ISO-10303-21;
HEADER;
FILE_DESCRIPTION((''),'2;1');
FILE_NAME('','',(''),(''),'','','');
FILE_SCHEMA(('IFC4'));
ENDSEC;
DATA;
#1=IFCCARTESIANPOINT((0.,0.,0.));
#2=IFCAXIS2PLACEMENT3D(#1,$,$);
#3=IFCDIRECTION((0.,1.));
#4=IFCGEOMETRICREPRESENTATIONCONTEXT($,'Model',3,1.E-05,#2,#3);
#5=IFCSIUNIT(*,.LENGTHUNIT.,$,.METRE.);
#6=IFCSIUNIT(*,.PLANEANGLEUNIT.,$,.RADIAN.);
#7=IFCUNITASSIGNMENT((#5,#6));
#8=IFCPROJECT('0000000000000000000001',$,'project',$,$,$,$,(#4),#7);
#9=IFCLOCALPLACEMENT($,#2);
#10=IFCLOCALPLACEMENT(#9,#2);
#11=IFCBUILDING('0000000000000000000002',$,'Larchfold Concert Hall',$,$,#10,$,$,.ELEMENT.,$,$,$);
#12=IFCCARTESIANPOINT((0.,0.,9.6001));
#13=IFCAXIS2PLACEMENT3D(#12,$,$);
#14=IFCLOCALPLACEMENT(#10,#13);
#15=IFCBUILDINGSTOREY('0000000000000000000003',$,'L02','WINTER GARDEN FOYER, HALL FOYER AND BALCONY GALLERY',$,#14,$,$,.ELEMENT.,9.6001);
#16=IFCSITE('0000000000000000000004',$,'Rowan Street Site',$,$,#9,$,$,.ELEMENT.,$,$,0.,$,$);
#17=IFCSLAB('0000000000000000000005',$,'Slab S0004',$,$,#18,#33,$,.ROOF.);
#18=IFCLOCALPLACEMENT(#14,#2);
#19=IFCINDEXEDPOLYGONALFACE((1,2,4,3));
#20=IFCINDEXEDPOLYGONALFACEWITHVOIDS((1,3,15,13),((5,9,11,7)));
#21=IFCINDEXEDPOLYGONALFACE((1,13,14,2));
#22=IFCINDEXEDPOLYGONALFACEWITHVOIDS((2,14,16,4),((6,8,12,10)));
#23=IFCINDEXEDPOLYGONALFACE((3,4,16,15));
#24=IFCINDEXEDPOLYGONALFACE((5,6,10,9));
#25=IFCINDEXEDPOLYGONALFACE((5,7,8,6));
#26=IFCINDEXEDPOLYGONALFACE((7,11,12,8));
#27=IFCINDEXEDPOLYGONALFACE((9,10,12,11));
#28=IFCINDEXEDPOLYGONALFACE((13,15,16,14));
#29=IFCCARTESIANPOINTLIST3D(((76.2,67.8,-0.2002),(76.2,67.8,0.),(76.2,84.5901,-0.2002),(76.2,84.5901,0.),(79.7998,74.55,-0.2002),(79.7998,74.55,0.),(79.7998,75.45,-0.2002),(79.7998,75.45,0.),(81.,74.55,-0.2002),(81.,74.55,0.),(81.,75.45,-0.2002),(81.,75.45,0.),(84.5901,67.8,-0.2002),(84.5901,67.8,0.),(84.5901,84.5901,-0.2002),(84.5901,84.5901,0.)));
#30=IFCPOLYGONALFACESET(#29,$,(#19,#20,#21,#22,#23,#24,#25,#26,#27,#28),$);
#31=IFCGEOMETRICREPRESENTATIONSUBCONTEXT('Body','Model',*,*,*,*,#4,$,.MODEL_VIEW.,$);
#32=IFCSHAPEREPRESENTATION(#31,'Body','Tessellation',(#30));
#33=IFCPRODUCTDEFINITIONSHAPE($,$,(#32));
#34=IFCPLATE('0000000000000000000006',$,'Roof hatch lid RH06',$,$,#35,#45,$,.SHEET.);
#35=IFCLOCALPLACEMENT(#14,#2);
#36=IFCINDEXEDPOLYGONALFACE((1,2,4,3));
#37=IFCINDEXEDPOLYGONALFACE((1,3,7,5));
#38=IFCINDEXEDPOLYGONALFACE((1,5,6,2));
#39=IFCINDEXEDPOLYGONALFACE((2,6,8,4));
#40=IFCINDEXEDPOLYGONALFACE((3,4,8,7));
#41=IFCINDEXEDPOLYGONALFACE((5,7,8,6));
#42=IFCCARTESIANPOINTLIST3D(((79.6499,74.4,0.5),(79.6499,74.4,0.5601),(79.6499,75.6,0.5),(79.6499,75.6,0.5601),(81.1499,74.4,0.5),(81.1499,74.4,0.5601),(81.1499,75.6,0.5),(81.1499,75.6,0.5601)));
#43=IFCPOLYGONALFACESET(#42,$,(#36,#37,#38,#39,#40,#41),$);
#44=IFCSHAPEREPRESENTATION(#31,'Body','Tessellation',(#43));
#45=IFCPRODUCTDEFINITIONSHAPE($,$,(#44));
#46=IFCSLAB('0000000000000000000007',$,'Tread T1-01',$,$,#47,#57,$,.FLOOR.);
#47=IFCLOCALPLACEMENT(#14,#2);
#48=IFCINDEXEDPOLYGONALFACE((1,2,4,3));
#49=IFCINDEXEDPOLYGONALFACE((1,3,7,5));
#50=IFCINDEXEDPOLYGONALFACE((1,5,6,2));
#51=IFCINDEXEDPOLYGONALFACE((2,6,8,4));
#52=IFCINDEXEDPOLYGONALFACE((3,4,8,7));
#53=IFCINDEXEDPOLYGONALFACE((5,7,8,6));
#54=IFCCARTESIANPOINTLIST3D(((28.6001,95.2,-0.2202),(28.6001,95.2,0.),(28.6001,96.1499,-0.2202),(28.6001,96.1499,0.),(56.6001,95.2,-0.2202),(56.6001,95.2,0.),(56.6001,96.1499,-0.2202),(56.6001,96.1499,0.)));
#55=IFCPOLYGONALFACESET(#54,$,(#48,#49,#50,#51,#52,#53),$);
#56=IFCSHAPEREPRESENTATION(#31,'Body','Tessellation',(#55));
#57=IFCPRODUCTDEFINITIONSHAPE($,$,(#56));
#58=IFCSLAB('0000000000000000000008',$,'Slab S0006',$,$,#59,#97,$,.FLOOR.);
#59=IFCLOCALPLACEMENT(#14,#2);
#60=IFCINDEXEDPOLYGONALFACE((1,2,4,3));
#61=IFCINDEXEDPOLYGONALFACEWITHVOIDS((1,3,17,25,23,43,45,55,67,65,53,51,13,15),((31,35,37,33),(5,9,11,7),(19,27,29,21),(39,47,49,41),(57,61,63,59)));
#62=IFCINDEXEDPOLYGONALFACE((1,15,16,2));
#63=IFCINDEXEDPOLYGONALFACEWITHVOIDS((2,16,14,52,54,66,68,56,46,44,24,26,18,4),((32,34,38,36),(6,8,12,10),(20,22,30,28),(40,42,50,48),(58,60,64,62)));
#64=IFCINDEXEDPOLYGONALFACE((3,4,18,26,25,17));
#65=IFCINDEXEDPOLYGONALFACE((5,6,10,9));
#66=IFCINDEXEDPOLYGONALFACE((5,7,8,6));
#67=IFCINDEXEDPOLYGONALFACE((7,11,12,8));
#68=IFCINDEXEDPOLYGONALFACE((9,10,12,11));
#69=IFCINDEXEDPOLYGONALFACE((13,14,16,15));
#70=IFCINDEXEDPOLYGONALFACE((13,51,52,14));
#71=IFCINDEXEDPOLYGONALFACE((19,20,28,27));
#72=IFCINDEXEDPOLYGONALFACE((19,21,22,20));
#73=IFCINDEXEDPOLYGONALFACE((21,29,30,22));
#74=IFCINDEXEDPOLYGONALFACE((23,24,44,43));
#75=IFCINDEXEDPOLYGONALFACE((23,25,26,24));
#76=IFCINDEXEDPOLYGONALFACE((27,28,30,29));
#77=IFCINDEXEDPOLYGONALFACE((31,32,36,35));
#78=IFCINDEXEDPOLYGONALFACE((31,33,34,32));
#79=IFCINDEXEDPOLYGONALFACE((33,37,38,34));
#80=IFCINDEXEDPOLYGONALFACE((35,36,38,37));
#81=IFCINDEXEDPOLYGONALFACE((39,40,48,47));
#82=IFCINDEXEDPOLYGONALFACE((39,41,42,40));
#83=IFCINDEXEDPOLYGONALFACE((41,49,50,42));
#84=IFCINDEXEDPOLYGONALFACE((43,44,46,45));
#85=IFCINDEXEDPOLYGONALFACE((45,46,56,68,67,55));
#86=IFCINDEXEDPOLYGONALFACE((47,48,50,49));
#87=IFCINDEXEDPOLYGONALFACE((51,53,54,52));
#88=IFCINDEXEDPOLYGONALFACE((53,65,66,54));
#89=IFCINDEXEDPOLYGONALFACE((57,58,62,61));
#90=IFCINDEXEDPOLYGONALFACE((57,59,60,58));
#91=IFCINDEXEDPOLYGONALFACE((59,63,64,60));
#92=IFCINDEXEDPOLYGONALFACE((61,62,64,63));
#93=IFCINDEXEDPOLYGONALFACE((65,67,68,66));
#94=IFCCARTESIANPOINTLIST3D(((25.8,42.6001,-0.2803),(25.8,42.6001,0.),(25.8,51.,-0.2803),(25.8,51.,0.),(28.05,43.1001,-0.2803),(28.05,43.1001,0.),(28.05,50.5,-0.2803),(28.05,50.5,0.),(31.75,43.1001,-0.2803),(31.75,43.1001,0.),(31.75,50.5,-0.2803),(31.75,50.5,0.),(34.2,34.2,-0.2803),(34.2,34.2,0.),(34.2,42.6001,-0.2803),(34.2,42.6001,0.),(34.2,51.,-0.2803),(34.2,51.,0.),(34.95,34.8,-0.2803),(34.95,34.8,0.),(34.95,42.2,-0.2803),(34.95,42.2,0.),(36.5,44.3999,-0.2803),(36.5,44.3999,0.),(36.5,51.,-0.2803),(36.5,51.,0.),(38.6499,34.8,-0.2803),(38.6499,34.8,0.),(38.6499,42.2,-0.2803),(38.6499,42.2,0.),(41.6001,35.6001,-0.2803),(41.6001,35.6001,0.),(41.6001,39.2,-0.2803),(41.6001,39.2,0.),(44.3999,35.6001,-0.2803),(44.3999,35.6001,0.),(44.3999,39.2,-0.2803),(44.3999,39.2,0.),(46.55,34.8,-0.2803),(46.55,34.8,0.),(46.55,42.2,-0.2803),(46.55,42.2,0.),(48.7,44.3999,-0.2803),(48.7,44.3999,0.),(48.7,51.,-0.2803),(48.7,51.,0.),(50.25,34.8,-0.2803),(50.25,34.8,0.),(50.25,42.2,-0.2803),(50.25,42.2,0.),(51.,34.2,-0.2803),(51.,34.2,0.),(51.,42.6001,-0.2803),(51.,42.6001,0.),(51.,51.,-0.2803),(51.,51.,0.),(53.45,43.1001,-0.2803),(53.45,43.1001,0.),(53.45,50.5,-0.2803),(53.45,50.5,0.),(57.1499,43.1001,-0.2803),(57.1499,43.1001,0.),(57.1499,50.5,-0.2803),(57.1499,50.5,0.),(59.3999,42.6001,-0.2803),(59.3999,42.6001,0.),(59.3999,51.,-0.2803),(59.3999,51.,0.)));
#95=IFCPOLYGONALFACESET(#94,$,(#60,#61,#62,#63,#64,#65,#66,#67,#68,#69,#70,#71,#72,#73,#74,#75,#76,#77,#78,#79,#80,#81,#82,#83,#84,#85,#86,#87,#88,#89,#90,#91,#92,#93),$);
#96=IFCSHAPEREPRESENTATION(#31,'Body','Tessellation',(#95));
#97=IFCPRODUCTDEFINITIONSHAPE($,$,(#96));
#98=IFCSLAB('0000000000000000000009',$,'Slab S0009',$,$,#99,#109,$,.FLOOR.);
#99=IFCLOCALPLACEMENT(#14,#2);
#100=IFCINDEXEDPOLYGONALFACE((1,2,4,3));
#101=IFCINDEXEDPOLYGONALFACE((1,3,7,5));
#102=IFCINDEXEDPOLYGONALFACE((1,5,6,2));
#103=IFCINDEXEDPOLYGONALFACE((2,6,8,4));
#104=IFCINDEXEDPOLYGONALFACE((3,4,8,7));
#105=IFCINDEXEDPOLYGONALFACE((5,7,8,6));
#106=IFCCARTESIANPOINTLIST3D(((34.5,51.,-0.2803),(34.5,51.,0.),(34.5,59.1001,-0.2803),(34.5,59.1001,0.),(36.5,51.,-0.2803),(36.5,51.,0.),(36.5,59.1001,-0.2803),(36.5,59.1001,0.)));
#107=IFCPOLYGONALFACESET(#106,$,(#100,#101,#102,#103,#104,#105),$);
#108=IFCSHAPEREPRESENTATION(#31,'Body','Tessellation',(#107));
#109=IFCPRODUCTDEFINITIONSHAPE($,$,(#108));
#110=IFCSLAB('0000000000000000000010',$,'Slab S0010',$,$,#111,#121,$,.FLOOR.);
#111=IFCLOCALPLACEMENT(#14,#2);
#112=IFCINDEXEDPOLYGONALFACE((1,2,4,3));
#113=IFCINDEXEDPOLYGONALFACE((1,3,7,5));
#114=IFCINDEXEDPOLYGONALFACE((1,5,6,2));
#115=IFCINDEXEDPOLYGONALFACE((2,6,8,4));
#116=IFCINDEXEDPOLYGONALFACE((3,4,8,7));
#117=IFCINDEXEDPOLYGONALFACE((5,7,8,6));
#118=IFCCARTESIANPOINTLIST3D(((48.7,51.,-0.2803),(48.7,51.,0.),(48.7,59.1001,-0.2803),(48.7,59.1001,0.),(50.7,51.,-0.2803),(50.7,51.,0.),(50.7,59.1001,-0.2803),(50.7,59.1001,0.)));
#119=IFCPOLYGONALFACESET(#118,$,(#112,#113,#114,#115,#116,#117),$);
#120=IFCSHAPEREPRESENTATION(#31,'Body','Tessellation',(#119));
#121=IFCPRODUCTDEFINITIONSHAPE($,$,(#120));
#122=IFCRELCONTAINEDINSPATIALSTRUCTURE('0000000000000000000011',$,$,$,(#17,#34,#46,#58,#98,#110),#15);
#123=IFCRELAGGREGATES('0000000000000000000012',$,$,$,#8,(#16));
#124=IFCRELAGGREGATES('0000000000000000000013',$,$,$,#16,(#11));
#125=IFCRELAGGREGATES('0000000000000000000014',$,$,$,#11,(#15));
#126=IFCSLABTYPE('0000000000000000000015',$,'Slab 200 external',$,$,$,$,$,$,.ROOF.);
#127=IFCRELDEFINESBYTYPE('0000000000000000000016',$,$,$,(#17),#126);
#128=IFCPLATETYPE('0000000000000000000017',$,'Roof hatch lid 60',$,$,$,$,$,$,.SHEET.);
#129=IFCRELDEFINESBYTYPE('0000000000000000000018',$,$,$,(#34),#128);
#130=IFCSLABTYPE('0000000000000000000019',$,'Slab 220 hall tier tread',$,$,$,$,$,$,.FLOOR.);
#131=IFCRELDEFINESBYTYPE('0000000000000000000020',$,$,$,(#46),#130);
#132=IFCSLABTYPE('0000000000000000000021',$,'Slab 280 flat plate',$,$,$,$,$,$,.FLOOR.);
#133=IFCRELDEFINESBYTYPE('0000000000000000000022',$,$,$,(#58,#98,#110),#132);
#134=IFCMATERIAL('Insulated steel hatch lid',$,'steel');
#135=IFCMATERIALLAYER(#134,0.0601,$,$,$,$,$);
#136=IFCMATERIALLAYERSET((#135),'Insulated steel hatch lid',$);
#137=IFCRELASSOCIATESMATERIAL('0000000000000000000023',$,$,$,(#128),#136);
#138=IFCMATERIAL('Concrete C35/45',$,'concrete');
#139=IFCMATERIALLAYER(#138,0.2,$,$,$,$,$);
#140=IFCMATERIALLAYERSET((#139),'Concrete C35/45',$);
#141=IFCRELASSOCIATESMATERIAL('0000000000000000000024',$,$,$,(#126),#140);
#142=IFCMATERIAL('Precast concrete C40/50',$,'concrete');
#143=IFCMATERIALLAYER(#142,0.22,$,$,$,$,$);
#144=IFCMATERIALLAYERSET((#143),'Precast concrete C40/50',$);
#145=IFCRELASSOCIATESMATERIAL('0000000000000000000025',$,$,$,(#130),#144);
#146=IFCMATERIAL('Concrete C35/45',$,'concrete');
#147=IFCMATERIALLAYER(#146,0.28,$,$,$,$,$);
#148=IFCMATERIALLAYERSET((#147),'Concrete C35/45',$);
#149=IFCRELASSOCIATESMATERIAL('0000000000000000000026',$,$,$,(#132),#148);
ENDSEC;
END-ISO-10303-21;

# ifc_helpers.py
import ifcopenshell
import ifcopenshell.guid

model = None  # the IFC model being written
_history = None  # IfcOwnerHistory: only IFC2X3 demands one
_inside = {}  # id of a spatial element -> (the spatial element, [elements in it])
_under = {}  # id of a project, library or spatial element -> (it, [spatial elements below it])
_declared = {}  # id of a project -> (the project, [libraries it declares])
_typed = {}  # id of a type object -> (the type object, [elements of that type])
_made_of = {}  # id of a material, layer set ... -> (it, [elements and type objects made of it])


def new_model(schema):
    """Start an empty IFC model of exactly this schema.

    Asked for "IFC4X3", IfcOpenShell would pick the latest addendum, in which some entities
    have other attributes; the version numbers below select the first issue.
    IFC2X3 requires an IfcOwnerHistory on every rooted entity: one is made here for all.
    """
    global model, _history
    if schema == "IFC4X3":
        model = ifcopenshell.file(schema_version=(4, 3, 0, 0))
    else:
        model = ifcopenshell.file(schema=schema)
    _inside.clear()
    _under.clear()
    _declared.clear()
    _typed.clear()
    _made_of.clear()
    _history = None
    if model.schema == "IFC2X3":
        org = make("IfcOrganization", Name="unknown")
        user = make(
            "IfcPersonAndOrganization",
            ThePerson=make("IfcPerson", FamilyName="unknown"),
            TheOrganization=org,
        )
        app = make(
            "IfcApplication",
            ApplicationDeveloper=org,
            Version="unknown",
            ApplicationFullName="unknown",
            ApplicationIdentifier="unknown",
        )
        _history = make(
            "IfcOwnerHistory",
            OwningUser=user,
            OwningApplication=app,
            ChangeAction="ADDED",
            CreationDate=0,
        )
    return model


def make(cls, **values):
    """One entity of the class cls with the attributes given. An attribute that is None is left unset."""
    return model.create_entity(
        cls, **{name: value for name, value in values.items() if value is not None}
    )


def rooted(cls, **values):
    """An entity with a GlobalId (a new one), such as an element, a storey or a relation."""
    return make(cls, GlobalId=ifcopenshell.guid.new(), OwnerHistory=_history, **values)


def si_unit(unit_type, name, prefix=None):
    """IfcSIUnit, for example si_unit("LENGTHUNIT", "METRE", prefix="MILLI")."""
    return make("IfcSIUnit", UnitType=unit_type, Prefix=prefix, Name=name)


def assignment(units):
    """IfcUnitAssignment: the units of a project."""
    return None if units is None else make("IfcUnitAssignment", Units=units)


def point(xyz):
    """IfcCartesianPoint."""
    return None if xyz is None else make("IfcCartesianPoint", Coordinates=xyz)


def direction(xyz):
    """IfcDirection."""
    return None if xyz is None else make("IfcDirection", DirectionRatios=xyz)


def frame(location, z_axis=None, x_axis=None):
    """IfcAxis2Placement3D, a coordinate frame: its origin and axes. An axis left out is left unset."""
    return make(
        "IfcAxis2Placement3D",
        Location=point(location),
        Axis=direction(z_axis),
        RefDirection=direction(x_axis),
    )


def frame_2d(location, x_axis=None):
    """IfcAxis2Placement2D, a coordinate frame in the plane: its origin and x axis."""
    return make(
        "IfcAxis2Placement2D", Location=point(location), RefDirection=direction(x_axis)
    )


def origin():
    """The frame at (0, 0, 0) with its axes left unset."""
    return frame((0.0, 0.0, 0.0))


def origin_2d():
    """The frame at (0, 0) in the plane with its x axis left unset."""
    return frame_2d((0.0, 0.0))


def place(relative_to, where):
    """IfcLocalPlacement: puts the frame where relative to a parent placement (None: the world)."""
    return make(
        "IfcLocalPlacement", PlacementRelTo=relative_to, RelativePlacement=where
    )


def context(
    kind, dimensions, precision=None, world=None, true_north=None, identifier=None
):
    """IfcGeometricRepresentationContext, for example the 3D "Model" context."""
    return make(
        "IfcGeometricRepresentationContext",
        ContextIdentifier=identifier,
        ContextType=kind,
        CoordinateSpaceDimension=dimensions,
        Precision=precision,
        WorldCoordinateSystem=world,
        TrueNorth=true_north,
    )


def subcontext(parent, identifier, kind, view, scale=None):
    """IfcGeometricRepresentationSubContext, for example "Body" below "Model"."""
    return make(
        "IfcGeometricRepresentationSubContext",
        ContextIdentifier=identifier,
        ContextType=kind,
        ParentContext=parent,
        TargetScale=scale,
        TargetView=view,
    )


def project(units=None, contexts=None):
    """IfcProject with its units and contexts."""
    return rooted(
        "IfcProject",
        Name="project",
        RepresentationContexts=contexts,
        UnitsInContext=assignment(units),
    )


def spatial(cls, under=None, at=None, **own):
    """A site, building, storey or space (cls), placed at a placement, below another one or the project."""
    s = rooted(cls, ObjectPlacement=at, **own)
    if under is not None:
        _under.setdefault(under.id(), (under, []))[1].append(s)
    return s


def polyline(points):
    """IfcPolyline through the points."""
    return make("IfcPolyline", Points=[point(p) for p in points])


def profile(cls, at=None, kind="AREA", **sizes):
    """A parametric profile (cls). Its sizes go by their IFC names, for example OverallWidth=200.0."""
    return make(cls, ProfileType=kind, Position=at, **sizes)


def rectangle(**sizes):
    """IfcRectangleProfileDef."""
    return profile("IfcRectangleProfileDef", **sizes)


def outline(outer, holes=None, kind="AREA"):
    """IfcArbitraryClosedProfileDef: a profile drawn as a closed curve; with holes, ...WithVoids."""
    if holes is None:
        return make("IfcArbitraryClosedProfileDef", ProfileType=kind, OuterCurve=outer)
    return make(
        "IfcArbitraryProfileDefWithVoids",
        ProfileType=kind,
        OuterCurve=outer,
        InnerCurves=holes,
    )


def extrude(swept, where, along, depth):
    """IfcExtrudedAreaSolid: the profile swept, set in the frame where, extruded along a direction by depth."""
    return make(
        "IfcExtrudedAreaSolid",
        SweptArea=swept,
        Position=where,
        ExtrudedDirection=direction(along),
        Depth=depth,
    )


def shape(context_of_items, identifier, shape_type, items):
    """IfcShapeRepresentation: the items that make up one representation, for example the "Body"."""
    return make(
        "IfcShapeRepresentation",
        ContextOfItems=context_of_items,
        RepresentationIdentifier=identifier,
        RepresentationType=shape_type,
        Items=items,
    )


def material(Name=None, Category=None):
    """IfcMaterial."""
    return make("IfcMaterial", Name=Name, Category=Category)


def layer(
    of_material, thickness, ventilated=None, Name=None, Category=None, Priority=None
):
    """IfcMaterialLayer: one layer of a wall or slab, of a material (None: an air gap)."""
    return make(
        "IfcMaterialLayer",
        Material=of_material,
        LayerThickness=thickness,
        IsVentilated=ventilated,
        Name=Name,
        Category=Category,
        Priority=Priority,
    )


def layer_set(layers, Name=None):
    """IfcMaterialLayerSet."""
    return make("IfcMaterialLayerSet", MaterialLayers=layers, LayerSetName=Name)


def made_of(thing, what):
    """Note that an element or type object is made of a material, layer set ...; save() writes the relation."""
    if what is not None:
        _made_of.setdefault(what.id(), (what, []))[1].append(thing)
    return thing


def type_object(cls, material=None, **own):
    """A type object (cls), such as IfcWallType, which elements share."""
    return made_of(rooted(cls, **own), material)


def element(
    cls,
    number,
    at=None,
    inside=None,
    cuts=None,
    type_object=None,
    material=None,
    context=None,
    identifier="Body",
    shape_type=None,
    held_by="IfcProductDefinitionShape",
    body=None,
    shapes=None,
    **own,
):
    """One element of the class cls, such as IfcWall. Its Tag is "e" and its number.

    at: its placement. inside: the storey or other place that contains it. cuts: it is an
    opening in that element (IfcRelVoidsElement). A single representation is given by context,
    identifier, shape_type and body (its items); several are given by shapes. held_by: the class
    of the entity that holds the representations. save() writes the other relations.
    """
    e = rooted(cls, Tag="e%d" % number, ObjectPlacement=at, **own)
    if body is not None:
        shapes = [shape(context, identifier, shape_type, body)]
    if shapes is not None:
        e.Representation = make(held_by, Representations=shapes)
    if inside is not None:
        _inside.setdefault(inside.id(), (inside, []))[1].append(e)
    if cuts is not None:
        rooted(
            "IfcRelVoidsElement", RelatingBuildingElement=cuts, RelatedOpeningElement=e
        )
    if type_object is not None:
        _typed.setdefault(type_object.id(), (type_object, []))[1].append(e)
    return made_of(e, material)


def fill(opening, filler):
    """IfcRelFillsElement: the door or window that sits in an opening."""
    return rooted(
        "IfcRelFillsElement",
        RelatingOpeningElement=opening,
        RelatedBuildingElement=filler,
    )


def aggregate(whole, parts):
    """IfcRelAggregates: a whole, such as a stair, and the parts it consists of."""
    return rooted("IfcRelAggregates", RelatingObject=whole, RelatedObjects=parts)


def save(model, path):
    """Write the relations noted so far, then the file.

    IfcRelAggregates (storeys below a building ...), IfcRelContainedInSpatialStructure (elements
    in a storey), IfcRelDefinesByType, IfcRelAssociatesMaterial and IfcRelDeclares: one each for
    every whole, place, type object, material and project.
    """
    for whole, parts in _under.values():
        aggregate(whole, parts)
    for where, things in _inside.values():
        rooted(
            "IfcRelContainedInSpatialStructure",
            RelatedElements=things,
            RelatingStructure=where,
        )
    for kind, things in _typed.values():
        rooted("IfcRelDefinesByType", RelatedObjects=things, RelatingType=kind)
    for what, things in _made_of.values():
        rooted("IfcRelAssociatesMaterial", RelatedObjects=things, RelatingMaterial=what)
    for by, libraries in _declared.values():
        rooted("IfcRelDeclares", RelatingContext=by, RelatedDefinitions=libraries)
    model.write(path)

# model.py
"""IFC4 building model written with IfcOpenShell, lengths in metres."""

from ifc_helpers import new_model, si_unit, direction, frame, origin, origin_2d, place, context, subcontext, project, spatial, polyline, rectangle, outline, extrude, material, layer, layer_set, type_object, element, fill, save


model = new_model("IFC4")

# Units and contexts
model_context = context("Model", 3, precision=1e-05, world=origin(), true_north=direction((0.0, 1.0)))
body_context = subcontext(model_context, "Body", "Model", "MODEL_VIEW")
ifc_project = project(units=[si_unit("LENGTHUNIT", "METRE"), si_unit("PLANEANGLEUNIT", "RADIAN")], contexts=[model_context])

# Site, building, storey
site_placement = place(None, origin())
site = spatial("IfcSite", under=ifc_project, at=site_placement, Name="Rowan Street Site", CompositionType="ELEMENT", RefElevation=0.0)
building_placement = place(site_placement, origin())
building = spatial("IfcBuilding", under=site, at=building_placement, Name="Larchfold Concert Hall", CompositionType="ELEMENT")
storey_placement = place(building_placement, frame((0.0, 0.0, 9.6001)))
storey = spatial("IfcBuildingStorey", under=building, at=storey_placement, Name="L02", Description="WINTER GARDEN FOYER, HALL FOYER AND BALCONY GALLERY", CompositionType="ELEMENT", Elevation=9.6001)

# Shared definitions
ifc_material_1 = material(Name="Insulated steel hatch lid", Category="steel")
ifc_layer_1 = layer(ifc_material_1, 0.0601)
ifc_layer_set_1 = layer_set([ifc_layer_1], Name="Insulated steel hatch lid")
plate_type = type_object("IfcPlateType", Name="Roof hatch lid 60", PredefinedType="SHEET", material=ifc_layer_set_1)

# Slab, opening, plate
ifc_material_2 = material(Name="Concrete C35/45", Category="concrete")
ifc_layer_2 = layer(ifc_material_2, 0.2)
ifc_layer_set_2 = layer_set([ifc_layer_2], Name="Concrete C35/45")
slab_type_1 = type_object("IfcSlabType", Name="Slab 200 external", PredefinedType="ROOF", material=ifc_layer_set_2)
slab_1_placement = place(storey_placement, frame((0.0, 0.0, -0.2002)))
slab_1 = element("IfcSlab", 1, at=slab_1_placement, inside=storey, type_object=slab_type_1, Name="Slab S0004", PredefinedType="ROOF", context=body_context, shape_type="SweptSolid", body=[
    extrude(outline(polyline([(76.2, 84.5901), (76.2, 67.8), (84.5901, 67.8), (84.5901, 84.5901), (76.2, 84.5901)])), origin(), (0.0, 0.0, 1.0), 0.2002),
])
opening_1_placement = place(storey_placement, frame((0.0, 0.0, -0.2102)))
opening_1 = element("IfcOpeningElement", 2, at=opening_1_placement, cuts=slab_1, PredefinedType="OPENING", context=body_context, shape_type="SweptSolid", body=[
    extrude(outline(polyline([(81.0, 74.55), (81.0, 75.45), (79.7998, 75.45), (79.7998, 74.55), (81.0, 74.55)])), origin(), (0.0, 0.0, 1.0), 0.2202),
])
plate_1_placement = place(storey_placement, frame((80.3999, 75.0, 0.5), z_axis=(0.0, 0.0, 1.0), x_axis=(1.0, 0.0, 0.0)))
plate_1 = element("IfcPlate", 3, at=plate_1_placement, inside=storey, type_object=plate_type, Name="Roof hatch lid RH06", PredefinedType="SHEET", context=body_context, shape_type="SweptSolid", body=[
    extrude(rectangle(XDim=1.5, YDim=1.2, at=origin_2d()), origin(), (0.0, 0.0, 1.0), 0.0601),
])
fill(opening_1, plate_1)

# Slabs
ifc_material_3 = material(Name="Precast concrete C40/50", Category="concrete")
ifc_layer_3 = layer(ifc_material_3, 0.22)
ifc_layer_set_3 = layer_set([ifc_layer_3], Name="Precast concrete C40/50")
slab_type_2 = type_object("IfcSlabType", Name="Slab 220 hall tier tread", PredefinedType="FLOOR", material=ifc_layer_set_3)
slab_2_placement = place(storey_placement, frame((0.0, 0.0, -0.2202)))
element("IfcSlab", 4, at=slab_2_placement, inside=storey, type_object=slab_type_2, Name="Tread T1-01", PredefinedType="FLOOR", context=body_context, shape_type="SweptSolid", body=[
    extrude(outline(polyline([(56.6001, 96.1499), (28.6001, 96.1499), (28.6001, 95.2), (56.6001, 95.2), (56.6001, 96.1499)])), origin(), (0.0, 0.0, 1.0), 0.2202),
])
ifc_material_4 = material(Name="Concrete C35/45", Category="concrete")
ifc_layer_4 = layer(ifc_material_4, 0.28)
ifc_layer_set_4 = layer_set([ifc_layer_4], Name="Concrete C35/45")
slab_type_3 = type_object("IfcSlabType", Name="Slab 280 flat plate", PredefinedType="FLOOR", material=ifc_layer_set_4)
slab_3_placement = place(storey_placement, frame((0.0, 0.0, -0.2803)))
element("IfcSlab", 5, at=slab_3_placement, inside=storey, type_object=slab_type_3, Name="Slab S0006", PredefinedType="FLOOR", context=body_context, shape_type="SweptSolid", body=[
    extrude(outline(polyline([(59.3999, 51.0), (51.0, 51.0), (48.7, 51.0), (48.7, 44.3999), (36.5, 44.3999), (36.5, 51.0), (34.2, 51.0), (34.2, 59.3999), (34.2, 51.0), (25.8, 51.0), (25.8, 42.6001), (34.2, 42.6001), (34.2, 34.2), (51.0, 34.2), (51.0, 42.6001), (59.3999, 42.6001), (59.3999, 51.0)]), holes=[polyline([(41.6001, 35.6001), (41.6001, 39.2), (44.3999, 39.2), (44.3999, 35.6001), (41.6001, 35.6001)]), polyline([(34.95, 42.2), (38.6499, 42.2), (38.6499, 34.8), (34.95, 34.8), (34.95, 42.2)]), polyline([(46.55, 42.2), (50.25, 42.2), (50.25, 34.8), (46.55, 34.8), (46.55, 42.2)]), polyline([(28.05, 50.5), (31.75, 50.5), (31.75, 43.1001), (28.05, 43.1001), (28.05, 50.5)]), polyline([(53.45, 50.5), (57.1499, 50.5), (57.1499, 43.1001), (53.45, 43.1001), (53.45, 50.5)])]), origin(), (0.0, 0.0, 1.0), 0.2803),
])
slab_4_placement = place(storey_placement, frame((0.0, 0.0, -0.2803)))
element("IfcSlab", 6, at=slab_4_placement, inside=storey, type_object=slab_type_3, Name="Slab S0009", PredefinedType="FLOOR", context=body_context, shape_type="SweptSolid", body=[
    extrude(outline(polyline([(36.5, 51.0), (36.5, 59.1001), (34.5, 59.1001), (34.5, 51.0), (36.5, 51.0)])), origin(), (0.0, 0.0, 1.0), 0.2803),
])
slab_5_placement = place(storey_placement, frame((0.0, 0.0, -0.2803)))
element("IfcSlab", 7, at=slab_5_placement, inside=storey, type_object=slab_type_3, Name="Slab S0010", PredefinedType="FLOOR", context=body_context, shape_type="SweptSolid", body=[
    extrude(outline(polyline([(50.7, 51.0), (50.7, 59.1001), (48.7, 59.1001), (48.7, 51.0), (50.7, 51.0)])), origin(), (0.0, 0.0, 1.0), 0.2803),
])

save(model, "model.ifc")
